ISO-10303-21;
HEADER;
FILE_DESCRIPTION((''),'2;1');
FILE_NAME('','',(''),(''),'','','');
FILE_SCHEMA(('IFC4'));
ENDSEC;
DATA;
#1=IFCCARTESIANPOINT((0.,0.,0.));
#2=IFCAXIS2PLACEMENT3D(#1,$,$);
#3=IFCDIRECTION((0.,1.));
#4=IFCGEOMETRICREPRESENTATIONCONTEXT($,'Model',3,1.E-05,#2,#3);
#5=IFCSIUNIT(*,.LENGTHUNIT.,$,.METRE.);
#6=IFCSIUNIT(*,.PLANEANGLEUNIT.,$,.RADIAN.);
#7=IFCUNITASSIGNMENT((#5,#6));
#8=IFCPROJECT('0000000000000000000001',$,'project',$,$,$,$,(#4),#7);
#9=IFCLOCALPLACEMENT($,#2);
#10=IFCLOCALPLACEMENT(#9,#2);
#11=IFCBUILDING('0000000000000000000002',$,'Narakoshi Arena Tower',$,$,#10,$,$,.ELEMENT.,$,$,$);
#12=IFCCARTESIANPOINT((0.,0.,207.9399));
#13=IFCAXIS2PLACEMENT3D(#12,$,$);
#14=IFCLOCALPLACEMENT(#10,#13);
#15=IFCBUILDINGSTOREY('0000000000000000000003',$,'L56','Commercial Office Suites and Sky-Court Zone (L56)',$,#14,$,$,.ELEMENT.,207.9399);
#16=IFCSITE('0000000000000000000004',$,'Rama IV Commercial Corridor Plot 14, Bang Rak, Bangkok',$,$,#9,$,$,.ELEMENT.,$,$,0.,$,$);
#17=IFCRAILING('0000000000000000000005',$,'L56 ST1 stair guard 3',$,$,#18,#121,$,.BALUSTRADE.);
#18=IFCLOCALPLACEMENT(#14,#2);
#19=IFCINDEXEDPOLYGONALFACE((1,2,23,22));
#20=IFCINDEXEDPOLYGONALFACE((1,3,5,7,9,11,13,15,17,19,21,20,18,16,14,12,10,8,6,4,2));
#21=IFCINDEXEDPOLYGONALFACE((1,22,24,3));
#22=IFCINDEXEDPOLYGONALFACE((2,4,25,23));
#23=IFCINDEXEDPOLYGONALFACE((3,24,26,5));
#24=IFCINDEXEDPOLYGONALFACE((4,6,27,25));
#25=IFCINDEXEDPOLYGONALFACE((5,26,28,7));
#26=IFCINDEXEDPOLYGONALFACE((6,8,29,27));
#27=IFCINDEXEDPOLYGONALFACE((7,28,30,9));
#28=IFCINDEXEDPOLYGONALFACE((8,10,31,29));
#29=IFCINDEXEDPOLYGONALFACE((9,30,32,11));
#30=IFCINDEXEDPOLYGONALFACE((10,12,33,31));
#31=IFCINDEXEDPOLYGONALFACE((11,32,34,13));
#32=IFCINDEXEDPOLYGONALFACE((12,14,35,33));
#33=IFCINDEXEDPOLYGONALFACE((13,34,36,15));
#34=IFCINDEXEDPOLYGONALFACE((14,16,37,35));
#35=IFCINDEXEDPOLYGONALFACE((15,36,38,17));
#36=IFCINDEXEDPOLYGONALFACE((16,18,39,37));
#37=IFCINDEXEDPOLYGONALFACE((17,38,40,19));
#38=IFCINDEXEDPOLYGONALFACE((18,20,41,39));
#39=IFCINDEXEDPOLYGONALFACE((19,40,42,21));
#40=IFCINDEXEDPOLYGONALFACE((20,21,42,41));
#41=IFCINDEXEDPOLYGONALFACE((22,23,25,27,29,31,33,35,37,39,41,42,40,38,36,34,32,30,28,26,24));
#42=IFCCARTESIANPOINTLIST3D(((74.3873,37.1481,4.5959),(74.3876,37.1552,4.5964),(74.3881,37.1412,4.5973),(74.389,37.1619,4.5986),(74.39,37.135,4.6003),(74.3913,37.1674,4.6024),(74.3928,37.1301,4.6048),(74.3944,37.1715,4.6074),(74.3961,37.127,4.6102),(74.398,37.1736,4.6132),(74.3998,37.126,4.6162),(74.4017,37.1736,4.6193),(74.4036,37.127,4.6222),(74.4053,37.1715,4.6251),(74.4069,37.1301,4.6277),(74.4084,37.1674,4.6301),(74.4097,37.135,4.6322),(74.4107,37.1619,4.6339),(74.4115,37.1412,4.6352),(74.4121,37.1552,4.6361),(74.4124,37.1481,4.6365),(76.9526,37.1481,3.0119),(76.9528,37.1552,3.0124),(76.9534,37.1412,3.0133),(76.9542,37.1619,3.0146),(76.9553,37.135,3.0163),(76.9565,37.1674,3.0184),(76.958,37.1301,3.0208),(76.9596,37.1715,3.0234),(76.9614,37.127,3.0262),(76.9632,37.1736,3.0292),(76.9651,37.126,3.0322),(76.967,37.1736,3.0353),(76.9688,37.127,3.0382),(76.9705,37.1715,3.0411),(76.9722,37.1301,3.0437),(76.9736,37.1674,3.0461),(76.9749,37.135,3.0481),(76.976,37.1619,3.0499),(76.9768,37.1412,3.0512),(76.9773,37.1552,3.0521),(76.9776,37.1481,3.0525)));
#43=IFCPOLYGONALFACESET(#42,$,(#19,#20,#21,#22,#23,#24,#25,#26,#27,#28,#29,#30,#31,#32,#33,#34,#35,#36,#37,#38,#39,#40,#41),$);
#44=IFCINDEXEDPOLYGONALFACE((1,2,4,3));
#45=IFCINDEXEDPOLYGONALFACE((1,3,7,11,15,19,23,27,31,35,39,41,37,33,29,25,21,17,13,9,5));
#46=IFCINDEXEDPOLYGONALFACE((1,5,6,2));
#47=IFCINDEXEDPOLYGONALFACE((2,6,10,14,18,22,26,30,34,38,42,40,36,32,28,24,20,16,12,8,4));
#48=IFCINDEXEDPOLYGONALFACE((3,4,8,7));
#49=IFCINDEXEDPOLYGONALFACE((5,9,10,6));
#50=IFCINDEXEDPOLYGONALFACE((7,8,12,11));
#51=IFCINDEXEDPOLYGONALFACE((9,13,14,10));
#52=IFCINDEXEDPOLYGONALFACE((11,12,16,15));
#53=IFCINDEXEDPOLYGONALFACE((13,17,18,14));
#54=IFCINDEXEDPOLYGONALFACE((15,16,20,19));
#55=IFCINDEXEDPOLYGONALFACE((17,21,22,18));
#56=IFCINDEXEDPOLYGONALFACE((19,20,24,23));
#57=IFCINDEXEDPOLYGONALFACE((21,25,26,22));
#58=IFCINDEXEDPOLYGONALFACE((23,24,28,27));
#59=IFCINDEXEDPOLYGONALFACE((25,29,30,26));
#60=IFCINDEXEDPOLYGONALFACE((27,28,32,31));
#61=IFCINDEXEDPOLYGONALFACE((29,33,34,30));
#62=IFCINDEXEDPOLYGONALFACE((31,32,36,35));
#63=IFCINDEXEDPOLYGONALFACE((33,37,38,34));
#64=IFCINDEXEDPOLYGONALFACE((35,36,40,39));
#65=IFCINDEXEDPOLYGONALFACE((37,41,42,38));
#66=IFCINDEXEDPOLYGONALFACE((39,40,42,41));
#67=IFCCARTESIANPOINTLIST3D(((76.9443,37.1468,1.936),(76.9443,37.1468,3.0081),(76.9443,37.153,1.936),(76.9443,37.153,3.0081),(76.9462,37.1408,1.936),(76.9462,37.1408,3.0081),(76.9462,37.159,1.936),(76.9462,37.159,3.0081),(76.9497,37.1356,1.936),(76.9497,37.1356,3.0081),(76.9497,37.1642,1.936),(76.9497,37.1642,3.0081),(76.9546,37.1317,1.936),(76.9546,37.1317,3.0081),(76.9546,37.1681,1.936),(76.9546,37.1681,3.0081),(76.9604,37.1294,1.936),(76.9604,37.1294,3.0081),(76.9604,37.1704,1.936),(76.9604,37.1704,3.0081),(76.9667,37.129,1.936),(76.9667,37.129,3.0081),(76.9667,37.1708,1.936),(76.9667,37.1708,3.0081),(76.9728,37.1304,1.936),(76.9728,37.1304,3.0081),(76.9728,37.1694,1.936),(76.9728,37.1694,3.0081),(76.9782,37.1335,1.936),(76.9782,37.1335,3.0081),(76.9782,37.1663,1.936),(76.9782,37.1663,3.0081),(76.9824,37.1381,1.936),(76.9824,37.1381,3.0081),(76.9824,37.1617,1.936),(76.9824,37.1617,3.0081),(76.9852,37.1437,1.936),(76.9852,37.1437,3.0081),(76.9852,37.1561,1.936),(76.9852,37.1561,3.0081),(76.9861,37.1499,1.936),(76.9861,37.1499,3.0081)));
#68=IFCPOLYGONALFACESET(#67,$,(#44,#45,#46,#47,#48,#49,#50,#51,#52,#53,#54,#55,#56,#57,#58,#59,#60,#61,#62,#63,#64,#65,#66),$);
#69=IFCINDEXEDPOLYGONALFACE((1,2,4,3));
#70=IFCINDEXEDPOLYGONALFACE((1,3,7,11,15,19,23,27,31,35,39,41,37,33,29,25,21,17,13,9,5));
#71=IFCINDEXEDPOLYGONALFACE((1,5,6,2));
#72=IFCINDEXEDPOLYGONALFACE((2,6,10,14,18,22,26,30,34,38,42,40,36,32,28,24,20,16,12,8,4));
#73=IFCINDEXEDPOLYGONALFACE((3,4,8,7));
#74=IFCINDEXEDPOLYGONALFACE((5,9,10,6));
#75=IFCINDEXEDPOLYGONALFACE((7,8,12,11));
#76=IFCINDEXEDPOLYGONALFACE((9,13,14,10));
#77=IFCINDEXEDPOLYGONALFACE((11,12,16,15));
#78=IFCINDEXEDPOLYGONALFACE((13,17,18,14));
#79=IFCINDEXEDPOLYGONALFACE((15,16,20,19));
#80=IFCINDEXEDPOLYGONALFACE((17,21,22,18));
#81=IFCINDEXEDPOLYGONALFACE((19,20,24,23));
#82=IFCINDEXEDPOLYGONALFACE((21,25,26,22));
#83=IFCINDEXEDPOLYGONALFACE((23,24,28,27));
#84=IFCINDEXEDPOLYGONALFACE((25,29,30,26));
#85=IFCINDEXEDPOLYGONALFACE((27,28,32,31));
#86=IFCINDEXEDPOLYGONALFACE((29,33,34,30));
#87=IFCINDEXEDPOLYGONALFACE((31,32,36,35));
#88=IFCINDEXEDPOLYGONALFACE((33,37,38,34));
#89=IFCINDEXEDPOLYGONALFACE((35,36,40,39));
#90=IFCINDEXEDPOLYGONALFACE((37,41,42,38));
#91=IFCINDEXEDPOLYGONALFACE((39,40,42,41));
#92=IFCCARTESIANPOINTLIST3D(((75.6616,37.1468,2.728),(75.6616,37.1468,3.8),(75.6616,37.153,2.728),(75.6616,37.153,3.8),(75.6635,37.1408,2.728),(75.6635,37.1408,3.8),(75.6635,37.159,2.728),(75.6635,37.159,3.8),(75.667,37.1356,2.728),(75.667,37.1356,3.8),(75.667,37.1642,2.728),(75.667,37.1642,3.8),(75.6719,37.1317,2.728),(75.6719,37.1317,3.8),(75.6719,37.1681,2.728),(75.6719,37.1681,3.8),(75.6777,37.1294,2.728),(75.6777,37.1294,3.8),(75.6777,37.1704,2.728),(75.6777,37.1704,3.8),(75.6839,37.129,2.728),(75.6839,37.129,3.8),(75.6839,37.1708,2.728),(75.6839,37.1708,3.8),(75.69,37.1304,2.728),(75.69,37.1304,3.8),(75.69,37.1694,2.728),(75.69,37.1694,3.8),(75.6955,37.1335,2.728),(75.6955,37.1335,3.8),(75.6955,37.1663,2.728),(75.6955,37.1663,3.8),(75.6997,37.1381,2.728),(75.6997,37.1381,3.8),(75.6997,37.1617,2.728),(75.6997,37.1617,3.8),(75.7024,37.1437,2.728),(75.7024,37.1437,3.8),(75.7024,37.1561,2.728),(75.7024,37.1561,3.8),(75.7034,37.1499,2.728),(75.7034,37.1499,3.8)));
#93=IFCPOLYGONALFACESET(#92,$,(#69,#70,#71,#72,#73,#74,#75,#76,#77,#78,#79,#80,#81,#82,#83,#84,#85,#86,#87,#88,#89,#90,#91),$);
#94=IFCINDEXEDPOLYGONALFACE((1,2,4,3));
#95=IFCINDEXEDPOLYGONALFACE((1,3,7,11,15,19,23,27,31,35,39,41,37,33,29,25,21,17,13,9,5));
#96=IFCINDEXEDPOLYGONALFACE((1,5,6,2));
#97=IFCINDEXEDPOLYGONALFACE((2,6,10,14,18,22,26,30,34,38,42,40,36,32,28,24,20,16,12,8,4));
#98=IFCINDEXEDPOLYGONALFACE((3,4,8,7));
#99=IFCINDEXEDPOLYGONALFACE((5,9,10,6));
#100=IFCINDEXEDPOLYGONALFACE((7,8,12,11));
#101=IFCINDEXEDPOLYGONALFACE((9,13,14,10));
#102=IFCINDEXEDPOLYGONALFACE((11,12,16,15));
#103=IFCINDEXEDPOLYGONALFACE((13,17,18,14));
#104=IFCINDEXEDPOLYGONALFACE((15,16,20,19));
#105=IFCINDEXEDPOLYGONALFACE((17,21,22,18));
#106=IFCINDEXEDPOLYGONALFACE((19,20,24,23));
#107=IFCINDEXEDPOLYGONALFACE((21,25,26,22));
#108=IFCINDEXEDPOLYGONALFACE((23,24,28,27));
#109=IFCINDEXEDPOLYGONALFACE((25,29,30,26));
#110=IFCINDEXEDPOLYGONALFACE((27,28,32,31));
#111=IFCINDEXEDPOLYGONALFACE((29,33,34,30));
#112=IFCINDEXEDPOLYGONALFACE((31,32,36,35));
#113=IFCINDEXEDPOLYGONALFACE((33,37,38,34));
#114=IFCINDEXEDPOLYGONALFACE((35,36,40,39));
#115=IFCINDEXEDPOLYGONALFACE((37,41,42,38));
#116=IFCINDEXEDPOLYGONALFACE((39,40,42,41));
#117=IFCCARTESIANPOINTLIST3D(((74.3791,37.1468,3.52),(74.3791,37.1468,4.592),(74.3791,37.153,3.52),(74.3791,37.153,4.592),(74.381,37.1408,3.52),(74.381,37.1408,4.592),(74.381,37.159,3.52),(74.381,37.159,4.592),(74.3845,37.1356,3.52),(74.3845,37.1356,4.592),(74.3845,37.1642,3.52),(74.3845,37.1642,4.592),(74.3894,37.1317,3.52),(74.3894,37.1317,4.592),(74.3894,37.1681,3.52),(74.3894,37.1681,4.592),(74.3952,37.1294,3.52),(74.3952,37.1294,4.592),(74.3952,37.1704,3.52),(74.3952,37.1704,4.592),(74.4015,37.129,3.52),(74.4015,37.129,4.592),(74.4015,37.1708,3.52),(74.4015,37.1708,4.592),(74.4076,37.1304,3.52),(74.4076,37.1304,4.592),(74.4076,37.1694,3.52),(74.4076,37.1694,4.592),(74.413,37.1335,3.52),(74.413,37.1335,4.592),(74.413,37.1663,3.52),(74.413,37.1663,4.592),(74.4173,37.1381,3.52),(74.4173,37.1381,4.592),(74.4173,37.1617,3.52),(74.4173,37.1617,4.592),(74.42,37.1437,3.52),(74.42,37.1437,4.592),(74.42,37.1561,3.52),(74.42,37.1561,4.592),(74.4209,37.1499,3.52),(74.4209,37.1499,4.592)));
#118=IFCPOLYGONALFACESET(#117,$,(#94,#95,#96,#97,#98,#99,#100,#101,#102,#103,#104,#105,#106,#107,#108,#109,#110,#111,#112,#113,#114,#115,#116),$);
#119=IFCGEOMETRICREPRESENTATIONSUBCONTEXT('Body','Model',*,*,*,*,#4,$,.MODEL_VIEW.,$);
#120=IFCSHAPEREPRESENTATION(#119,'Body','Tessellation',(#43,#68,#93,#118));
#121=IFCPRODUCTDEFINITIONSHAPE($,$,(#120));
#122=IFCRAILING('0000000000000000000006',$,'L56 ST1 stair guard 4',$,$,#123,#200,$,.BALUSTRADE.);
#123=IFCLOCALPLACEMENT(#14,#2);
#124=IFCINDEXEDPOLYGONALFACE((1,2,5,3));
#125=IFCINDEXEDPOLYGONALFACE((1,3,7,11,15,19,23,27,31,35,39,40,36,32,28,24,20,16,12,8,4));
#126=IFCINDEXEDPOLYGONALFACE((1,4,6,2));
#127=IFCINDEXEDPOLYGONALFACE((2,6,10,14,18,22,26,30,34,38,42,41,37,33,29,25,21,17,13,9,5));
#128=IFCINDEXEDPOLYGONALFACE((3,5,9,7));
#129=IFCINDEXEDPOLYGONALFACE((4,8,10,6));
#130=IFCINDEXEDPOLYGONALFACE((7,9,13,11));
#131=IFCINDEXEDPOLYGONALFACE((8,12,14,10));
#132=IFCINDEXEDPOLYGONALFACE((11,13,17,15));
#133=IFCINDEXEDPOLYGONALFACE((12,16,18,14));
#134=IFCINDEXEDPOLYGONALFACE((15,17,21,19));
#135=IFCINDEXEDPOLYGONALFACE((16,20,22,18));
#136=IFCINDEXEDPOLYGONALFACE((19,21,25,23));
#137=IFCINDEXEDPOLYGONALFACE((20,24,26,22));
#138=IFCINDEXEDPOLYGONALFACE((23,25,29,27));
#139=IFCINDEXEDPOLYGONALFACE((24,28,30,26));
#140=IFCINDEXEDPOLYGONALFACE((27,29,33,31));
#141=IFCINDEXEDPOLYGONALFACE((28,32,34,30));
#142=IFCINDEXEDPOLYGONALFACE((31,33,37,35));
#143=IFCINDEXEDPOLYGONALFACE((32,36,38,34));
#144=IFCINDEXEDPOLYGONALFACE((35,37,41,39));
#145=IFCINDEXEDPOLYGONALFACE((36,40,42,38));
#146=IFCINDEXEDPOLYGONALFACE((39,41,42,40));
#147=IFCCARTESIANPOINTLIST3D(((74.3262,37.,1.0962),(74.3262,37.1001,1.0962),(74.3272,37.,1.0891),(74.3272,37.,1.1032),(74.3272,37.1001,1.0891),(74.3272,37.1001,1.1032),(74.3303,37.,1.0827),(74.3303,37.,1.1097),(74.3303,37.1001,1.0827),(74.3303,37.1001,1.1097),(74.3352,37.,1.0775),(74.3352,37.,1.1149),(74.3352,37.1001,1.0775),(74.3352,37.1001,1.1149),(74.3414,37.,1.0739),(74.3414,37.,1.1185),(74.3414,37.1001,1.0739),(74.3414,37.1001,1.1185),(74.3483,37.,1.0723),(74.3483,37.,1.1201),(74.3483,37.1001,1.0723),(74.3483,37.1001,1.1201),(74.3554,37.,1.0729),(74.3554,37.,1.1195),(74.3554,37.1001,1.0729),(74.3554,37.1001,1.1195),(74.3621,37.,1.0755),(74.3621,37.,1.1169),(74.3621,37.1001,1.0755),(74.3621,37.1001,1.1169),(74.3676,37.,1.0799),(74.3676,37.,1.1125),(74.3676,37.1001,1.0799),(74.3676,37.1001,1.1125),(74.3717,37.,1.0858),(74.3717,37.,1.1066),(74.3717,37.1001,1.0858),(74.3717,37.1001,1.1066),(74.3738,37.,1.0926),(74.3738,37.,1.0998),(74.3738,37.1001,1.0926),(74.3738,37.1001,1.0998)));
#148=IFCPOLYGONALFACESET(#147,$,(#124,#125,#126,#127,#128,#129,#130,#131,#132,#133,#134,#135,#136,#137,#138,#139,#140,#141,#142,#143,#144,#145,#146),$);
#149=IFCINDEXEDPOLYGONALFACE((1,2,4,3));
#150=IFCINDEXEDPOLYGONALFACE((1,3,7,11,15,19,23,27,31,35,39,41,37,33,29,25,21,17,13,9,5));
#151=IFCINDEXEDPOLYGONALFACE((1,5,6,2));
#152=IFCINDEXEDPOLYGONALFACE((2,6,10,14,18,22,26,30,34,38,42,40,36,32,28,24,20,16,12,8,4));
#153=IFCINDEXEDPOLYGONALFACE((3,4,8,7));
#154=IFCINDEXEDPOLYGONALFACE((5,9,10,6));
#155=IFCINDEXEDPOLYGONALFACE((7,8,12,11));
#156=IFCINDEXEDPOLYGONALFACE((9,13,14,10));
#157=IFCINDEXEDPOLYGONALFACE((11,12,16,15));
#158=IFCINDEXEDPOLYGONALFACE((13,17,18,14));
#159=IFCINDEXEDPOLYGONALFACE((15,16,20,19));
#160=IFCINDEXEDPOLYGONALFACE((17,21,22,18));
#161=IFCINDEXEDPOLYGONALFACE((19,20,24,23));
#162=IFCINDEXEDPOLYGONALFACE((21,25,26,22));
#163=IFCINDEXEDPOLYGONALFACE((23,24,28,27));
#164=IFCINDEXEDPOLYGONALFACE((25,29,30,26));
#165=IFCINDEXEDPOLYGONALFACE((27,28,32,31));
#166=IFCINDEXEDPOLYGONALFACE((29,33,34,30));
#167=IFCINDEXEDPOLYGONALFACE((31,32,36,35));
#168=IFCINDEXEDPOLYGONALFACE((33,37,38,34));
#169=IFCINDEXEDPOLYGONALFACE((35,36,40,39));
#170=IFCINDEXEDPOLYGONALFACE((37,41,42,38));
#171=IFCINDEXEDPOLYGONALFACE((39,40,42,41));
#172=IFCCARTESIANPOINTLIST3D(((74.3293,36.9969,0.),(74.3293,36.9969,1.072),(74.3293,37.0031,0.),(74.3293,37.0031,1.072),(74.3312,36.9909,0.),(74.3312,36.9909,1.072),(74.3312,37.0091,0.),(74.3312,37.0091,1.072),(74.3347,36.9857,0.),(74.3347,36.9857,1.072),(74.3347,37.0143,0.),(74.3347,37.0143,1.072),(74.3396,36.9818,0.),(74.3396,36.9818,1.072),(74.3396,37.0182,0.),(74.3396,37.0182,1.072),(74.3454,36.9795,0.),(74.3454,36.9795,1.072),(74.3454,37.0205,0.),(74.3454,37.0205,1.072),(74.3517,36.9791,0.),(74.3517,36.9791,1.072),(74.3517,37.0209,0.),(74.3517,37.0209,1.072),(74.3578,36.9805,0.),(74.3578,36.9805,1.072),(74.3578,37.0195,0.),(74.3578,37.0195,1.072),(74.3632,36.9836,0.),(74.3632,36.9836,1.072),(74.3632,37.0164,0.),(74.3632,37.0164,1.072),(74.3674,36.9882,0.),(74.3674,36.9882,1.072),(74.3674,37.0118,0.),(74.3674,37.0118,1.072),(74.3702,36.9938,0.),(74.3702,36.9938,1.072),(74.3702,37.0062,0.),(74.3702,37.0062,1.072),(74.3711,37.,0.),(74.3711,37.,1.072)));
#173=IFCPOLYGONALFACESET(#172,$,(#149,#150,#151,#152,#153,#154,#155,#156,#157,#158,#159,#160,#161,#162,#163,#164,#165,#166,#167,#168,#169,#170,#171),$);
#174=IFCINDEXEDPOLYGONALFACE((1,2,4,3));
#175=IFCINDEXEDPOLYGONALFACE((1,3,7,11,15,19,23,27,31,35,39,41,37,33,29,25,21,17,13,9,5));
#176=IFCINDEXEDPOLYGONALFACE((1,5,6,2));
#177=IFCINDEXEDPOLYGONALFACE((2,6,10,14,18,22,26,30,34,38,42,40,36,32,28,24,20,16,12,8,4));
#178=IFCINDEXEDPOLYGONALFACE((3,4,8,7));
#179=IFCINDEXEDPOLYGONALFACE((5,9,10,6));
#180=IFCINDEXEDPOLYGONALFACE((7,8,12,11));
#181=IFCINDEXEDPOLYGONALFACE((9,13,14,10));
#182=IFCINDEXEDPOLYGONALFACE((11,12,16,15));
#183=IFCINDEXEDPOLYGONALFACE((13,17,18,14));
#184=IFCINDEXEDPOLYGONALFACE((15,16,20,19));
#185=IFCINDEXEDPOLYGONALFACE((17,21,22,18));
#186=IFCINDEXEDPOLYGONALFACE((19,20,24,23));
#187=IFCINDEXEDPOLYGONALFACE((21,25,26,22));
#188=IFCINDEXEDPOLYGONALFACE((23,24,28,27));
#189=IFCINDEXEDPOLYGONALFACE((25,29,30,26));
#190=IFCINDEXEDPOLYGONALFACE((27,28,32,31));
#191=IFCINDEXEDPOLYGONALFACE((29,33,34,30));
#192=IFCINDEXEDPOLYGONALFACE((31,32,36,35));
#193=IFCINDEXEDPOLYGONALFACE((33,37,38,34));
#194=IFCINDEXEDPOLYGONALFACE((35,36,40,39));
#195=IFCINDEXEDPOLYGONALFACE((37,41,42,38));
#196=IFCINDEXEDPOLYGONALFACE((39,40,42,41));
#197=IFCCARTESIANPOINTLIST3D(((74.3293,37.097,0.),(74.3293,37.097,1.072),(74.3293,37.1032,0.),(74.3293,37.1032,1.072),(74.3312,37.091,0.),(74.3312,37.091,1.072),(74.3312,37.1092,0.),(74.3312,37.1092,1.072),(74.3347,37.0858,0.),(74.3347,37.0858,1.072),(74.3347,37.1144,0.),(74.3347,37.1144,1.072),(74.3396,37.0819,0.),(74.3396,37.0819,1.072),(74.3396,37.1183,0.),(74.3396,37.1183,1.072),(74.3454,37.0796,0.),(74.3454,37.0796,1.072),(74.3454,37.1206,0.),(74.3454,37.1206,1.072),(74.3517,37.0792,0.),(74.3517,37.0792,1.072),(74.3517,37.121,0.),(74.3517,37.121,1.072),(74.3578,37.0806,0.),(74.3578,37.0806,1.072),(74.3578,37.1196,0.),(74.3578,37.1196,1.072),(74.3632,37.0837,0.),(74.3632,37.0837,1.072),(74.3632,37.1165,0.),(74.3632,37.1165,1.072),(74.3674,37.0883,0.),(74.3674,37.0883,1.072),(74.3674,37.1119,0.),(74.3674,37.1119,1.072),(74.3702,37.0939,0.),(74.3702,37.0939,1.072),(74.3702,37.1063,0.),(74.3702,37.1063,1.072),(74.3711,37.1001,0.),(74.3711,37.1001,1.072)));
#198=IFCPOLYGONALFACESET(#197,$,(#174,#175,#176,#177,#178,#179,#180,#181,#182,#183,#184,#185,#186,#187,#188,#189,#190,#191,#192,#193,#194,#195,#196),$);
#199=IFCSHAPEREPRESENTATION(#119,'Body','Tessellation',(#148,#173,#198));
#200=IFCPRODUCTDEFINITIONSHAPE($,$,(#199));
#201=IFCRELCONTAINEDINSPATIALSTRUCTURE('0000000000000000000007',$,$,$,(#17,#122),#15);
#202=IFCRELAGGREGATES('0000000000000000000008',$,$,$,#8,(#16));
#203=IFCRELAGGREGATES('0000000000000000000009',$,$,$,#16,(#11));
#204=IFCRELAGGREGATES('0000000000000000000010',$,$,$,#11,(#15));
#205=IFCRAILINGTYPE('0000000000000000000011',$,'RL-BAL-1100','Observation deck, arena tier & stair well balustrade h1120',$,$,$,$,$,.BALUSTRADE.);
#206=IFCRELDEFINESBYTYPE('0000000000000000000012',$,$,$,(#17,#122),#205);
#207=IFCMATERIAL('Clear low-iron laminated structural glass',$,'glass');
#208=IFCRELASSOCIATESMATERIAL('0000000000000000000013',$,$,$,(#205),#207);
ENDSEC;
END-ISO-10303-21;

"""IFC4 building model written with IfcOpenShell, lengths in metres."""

from ifc_helpers import new_model, si_unit, direction, frame, origin, origin_2d, place, context, subcontext, project, spatial, circle, extrude, material, type_object, element, save


model = new_model("IFC4")

# Units and contexts
model_context = context("Model", 3, precision=1e-05, world=origin(), true_north=direction((0.0, 1.0)))
body_context = subcontext(model_context, "Body", "Model", "MODEL_VIEW")
ifc_project = project(units=[si_unit("LENGTHUNIT", "METRE"), si_unit("PLANEANGLEUNIT", "RADIAN")], contexts=[model_context])

# Site, building, storey
site_placement = place(None, origin())
site = spatial("IfcSite", under=ifc_project, at=site_placement, Name="Rama IV Commercial Corridor Plot 14, Bang Rak, Bangkok", CompositionType="ELEMENT", RefElevation=0.0)
building_placement = place(site_placement, origin())
building = spatial("IfcBuilding", under=site, at=building_placement, Name="Narakoshi Arena Tower", CompositionType="ELEMENT")
storey_placement = place(building_placement, frame((0.0, 0.0, 207.9399)))
storey = spatial("IfcBuildingStorey", under=building, at=storey_placement, Name="L56", Description="Commercial Office Suites and Sky-Court Zone (L56)", CompositionType="ELEMENT", Elevation=207.9399)

# Railings
ifc_material_1 = material(Name="Clear low-iron laminated structural glass", Category="glass")
railing_type_1 = type_object("IfcRailingType", Name="RL-BAL-1100", Description="Observation deck, arena tier & stair well balustrade h1120", PredefinedType="BALUSTRADE", material=ifc_material_1)
railing_1_placement = place(storey_placement, frame((76.9651, 37.1499, 1.936)))
element("IfcRailing", 1, at=railing_1_placement, inside=storey, type_object=railing_type_1, Name="L56 ST1 stair guard 3", PredefinedType="BALUSTRADE", context=body_context, shape_type="SweptSolid", body=[
    extrude(circle(Radius=0.0239, at=origin_2d()), frame((0.0, 0.0, 1.0962), z_axis=(-0.850857, 0.0, 0.525398), x_axis=(0.0, -1.0, 0.0)), (0.0, 0.0, 1.0), 3.0149),
    extrude(circle(Radius=0.021, at=origin_2d()), origin(), (0.0, 0.0, 1.0), 1.072),
    extrude(circle(Radius=0.021, at=origin_2d()), frame((-1.2827, 0.0, 0.792)), (0.0, 0.0, 1.0), 1.072),
    extrude(circle(Radius=0.021, at=origin_2d()), frame((-2.5652, 0.0, 1.584)), (0.0, 0.0, 1.0), 1.072),
])
railing_2_placement = place(storey_placement, frame((74.3501, 37.0, 0.0)))
element("IfcRailing", 2, at=railing_2_placement, inside=storey, type_object=railing_type_1, Name="L56 ST1 stair guard 4", PredefinedType="BALUSTRADE", context=body_context, shape_type="SweptSolid", body=[
    extrude(circle(Radius=0.0239, at=origin_2d()), frame((0.0, 0.0, 1.0962), z_axis=(0.0, 1.0, 0.0), x_axis=(-1.0, 0.0, 0.0)), (0.0, 0.0, 1.0), 0.1001),
    extrude(circle(Radius=0.021, at=origin_2d()), origin(), (0.0, 0.0, 1.0), 1.072),
    extrude(circle(Radius=0.021, at=origin_2d()), frame((0.0, 0.1001, 0.0)), (0.0, 0.0, 1.0), 1.072),
])

save(model, "model.ifc")
